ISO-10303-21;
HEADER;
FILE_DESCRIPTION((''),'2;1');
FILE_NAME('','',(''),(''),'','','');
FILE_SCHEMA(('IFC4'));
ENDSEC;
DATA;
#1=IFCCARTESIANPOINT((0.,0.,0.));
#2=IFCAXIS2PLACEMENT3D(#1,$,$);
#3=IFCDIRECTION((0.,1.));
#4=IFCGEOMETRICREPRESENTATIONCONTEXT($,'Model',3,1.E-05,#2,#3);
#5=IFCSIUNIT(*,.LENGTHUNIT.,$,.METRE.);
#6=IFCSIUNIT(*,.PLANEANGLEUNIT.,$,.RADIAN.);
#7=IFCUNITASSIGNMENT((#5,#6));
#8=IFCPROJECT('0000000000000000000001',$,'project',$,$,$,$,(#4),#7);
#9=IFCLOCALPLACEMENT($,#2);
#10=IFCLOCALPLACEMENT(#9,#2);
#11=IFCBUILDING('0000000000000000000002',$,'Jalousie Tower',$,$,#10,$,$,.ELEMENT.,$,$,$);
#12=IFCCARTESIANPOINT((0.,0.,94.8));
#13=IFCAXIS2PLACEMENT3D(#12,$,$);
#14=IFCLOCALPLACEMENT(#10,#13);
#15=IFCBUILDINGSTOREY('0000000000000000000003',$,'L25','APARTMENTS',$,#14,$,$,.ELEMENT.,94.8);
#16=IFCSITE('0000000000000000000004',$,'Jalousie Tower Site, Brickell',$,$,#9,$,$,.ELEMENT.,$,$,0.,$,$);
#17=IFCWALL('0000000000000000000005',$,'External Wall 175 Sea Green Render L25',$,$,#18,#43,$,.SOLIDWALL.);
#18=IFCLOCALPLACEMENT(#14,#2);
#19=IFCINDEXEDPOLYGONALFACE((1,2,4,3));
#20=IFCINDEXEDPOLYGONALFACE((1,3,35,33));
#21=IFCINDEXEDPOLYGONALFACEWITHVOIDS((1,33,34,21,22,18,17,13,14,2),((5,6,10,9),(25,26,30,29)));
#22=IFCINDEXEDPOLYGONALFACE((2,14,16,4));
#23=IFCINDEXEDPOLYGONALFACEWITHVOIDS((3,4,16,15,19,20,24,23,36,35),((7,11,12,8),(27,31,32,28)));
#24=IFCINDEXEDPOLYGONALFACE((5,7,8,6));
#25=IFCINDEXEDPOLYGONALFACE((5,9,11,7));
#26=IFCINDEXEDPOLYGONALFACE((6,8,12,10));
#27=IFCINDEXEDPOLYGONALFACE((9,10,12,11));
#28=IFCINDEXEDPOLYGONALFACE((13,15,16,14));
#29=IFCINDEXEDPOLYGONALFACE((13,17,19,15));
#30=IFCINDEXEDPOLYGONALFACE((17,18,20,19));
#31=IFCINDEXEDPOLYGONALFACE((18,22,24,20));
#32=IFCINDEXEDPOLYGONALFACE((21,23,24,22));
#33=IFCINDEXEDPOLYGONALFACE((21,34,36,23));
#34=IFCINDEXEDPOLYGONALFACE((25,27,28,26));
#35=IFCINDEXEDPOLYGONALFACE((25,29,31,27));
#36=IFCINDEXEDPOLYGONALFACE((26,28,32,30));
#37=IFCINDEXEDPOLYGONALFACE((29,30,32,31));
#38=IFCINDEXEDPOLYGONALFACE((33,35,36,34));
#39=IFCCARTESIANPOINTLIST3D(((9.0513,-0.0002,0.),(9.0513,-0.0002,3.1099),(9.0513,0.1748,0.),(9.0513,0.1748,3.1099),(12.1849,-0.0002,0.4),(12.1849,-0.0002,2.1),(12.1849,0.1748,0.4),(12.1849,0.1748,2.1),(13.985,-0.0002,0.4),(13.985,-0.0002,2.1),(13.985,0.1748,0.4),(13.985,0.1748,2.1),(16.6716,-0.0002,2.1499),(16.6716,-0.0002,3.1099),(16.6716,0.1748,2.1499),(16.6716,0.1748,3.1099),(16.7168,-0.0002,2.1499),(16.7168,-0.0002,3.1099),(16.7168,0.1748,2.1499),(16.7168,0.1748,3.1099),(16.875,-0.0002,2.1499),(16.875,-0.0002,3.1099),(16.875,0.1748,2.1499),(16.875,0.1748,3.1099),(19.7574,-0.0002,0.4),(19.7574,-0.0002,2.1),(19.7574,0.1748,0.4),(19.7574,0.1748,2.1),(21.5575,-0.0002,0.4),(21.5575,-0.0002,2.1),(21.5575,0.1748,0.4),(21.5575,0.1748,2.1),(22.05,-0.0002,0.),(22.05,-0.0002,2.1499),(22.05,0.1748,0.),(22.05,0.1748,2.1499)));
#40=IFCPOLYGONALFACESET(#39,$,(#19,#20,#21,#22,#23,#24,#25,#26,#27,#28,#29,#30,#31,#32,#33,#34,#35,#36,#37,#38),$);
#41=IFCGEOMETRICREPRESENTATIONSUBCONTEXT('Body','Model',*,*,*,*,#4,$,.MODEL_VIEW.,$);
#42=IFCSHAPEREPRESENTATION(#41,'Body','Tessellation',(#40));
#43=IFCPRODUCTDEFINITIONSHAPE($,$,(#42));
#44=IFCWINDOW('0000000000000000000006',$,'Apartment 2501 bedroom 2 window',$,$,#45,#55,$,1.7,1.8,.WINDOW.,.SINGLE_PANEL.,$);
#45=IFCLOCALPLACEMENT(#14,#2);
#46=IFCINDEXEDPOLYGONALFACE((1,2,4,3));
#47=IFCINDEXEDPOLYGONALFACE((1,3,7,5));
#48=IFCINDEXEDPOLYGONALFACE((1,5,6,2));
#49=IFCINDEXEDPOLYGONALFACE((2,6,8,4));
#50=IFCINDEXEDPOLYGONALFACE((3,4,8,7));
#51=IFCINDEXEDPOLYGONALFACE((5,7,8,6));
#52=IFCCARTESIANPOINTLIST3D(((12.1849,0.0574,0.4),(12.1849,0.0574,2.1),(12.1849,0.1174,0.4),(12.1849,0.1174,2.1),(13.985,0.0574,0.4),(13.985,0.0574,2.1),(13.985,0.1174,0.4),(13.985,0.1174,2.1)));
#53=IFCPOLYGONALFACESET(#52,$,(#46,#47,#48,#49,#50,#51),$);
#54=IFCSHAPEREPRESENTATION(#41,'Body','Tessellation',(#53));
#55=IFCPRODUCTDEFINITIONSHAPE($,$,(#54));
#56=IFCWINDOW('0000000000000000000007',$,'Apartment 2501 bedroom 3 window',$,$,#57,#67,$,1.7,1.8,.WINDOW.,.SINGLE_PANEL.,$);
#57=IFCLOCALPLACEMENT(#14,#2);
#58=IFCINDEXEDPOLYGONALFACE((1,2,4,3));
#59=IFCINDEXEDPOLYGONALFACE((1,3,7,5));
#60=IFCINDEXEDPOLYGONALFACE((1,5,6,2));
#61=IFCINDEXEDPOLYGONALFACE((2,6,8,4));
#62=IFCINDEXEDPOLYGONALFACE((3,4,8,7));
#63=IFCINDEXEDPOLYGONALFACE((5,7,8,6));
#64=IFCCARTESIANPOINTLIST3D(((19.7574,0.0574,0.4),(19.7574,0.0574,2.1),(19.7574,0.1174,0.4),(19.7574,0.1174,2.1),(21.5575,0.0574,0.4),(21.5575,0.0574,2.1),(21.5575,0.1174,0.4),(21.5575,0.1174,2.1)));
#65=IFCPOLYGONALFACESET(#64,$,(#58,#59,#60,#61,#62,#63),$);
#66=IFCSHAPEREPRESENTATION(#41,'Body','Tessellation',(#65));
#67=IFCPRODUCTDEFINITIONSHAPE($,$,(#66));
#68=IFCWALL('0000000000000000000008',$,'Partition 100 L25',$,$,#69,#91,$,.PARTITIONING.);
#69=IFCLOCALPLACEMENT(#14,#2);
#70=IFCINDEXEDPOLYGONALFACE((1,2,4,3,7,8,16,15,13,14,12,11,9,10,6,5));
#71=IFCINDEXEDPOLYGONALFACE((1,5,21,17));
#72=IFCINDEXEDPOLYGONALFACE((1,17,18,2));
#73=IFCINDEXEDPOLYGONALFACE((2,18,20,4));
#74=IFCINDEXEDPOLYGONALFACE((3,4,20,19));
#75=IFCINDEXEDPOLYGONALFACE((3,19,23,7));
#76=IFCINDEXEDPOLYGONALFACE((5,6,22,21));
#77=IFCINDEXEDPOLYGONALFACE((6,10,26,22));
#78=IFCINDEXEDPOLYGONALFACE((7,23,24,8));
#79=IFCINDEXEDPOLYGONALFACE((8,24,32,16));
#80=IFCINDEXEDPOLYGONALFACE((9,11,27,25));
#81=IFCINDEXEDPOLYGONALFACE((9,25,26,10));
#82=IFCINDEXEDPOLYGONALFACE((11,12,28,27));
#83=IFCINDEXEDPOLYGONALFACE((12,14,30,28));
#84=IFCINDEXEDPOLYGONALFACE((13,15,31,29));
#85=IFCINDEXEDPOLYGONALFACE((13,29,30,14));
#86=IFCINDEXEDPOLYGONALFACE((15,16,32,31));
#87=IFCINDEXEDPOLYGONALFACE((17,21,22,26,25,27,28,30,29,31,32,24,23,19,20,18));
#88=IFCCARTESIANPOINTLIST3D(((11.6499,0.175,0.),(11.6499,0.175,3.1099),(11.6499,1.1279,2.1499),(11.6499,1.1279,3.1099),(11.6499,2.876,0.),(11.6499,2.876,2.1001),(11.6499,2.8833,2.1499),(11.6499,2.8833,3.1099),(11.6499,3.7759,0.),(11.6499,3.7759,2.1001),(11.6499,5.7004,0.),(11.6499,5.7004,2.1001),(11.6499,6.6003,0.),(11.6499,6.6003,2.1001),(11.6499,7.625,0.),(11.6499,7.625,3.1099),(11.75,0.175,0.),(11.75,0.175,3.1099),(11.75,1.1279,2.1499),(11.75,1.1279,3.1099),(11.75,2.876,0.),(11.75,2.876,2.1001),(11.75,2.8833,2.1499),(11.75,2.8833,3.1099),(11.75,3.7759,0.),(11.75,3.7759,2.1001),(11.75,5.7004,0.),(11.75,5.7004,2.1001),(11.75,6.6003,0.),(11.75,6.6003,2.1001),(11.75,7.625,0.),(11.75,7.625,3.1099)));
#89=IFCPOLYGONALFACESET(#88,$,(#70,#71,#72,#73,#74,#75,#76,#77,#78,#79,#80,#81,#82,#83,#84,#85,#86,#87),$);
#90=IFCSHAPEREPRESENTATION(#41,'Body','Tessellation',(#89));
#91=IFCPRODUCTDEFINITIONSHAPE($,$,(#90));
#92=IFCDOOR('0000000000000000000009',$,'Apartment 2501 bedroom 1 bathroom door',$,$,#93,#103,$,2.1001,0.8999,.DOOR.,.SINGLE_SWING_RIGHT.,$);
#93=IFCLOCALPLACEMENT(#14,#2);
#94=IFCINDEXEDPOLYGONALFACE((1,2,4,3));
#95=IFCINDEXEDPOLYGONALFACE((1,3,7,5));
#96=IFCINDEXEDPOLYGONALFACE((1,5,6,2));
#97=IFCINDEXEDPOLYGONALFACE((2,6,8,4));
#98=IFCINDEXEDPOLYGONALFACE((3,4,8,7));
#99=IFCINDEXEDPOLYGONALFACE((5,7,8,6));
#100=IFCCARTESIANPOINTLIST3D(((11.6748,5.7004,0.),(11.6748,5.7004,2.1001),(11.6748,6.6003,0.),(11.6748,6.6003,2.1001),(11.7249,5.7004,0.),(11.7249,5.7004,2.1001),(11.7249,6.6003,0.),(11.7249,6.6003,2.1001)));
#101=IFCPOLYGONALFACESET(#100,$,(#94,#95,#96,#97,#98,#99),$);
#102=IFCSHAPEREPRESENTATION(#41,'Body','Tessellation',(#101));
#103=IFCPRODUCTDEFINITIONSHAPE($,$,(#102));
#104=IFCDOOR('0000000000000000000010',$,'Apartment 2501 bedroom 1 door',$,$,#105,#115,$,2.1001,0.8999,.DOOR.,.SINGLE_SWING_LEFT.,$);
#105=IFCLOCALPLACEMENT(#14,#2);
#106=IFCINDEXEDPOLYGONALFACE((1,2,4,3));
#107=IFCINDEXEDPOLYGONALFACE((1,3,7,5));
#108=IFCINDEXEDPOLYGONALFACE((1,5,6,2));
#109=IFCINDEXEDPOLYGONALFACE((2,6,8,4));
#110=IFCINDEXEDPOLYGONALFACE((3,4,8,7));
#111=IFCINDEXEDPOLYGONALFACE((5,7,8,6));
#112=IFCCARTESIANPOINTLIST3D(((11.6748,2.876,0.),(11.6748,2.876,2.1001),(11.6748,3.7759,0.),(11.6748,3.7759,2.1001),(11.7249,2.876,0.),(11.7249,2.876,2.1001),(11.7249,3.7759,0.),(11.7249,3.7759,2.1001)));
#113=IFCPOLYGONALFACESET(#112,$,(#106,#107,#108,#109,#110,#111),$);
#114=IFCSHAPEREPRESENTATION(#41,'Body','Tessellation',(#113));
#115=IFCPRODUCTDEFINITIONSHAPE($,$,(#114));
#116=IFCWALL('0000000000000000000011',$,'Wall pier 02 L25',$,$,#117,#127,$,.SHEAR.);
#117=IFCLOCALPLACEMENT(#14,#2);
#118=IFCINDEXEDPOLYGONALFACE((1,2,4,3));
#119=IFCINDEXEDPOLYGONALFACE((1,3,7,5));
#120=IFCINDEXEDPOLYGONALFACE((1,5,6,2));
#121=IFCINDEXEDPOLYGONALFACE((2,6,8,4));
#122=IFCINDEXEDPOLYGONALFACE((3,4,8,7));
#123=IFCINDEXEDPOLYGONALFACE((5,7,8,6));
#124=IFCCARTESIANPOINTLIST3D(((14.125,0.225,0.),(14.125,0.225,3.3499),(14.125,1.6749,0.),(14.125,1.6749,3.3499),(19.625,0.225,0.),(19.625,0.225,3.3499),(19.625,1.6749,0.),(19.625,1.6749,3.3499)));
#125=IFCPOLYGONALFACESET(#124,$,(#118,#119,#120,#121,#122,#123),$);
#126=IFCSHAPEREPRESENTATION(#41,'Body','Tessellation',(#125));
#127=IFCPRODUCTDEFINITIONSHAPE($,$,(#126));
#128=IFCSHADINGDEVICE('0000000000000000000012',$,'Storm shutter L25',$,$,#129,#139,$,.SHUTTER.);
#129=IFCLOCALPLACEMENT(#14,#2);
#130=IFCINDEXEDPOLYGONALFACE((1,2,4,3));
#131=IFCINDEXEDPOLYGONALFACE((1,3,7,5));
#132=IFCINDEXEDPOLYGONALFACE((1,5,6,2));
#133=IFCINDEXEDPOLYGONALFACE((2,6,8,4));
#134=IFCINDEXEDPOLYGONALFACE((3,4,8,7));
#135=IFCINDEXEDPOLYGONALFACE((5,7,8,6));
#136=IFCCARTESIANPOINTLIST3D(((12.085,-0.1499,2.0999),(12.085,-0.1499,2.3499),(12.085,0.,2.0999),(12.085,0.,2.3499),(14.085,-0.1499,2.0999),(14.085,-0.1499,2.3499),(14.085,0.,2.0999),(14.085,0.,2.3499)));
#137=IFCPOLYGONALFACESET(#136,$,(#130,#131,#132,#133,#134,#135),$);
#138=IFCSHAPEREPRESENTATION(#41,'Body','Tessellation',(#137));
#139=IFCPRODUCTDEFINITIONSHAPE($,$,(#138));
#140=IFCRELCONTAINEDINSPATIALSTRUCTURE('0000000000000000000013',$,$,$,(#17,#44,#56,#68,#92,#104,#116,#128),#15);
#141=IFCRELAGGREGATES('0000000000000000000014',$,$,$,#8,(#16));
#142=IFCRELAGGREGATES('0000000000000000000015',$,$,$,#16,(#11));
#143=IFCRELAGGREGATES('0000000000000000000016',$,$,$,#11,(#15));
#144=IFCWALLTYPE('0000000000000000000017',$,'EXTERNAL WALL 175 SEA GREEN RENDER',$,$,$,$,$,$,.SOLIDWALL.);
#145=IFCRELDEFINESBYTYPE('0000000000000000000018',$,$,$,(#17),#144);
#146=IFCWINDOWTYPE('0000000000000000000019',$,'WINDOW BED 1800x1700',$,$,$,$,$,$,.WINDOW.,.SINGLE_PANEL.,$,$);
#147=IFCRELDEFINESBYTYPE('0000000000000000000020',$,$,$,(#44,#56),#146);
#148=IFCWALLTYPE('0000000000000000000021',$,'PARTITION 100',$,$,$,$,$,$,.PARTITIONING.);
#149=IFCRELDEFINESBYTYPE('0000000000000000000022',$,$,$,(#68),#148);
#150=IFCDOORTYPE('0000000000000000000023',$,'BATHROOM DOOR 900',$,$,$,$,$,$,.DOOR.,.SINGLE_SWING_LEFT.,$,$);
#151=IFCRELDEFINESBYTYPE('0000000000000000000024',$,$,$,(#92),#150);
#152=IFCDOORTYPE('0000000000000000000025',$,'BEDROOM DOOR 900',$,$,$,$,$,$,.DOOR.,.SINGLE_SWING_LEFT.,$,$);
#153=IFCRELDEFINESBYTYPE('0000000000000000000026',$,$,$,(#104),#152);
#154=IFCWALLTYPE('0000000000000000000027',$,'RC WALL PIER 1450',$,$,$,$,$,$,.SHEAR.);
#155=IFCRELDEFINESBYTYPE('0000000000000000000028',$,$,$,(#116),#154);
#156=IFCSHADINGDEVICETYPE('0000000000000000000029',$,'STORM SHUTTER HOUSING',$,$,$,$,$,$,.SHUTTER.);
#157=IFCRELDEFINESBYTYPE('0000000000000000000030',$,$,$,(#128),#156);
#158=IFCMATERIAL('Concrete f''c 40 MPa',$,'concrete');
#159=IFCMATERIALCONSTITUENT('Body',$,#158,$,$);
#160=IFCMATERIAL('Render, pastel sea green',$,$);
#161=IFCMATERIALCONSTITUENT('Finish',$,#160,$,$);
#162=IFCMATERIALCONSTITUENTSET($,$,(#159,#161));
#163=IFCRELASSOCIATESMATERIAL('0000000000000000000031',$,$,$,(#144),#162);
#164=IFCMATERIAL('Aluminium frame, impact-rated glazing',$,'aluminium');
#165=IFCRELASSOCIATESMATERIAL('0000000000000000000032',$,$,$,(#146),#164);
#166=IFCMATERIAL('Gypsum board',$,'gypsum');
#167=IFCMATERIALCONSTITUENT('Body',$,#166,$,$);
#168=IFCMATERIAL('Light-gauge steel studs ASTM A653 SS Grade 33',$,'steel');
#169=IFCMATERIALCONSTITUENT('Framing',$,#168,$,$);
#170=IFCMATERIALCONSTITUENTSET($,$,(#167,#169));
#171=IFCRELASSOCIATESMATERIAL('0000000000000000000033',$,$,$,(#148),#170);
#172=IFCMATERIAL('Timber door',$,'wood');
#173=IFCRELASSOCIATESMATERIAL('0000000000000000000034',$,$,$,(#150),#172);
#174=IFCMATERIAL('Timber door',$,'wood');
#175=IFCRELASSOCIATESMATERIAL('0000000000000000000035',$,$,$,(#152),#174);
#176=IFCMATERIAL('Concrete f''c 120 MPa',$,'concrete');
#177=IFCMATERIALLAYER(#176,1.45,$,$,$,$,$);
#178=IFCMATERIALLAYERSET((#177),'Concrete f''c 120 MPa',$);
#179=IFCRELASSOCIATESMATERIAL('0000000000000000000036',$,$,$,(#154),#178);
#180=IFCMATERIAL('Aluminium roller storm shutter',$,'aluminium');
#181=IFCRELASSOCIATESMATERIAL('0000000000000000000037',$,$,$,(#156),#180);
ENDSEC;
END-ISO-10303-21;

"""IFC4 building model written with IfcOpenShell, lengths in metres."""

from ifc_helpers import new_model, si_unit, direction, frame, frame_2d, origin, origin_2d, place, context, subcontext, project, spatial, polyline, rectangle, outline, extrude, material, layer, layer_set, constituent, constituent_set, type_object, element, fill, save


model = new_model("IFC4")

# Units and contexts
model_context = context("Model", 3, precision=1e-05, world=origin(), true_north=direction((0.0, 1.0)))
body_context = subcontext(model_context, "Body", "Model", "MODEL_VIEW")
ifc_project = project(units=[si_unit("LENGTHUNIT", "METRE"), si_unit("PLANEANGLEUNIT", "RADIAN")], contexts=[model_context])

# Site, building, storey
site_placement = place(None, origin())
site = spatial("IfcSite", under=ifc_project, at=site_placement, Name="Jalousie Tower Site, Brickell", CompositionType="ELEMENT", RefElevation=0.0)
building_placement = place(site_placement, origin())
building = spatial("IfcBuilding", under=site, at=building_placement, Name="Jalousie Tower", CompositionType="ELEMENT")
storey_placement = place(building_placement, frame((0.0, 0.0, 94.8)))
storey = spatial("IfcBuildingStorey", under=building, at=storey_placement, Name="L25", Description="APARTMENTS", CompositionType="ELEMENT", Elevation=94.8)

# Wall, openings, windows
ifc_material_1 = material(Name="Concrete f'c 40 MPa", Category="concrete")
ifc_constituent_1 = constituent(ifc_material_1, Name="Body")
ifc_material_2 = material(Name="Render, pastel sea green")
ifc_constituent_2 = constituent(ifc_material_2, Name="Finish")
ifc_constituent_set_1 = constituent_set(constituents=[ifc_constituent_1, ifc_constituent_2])
wall_type_1 = type_object("IfcWallType", Name="EXTERNAL WALL 175 SEA GREEN RENDER", PredefinedType="SOLIDWALL", material=ifc_constituent_set_1)
wall_1_placement = place(storey_placement, frame((9.0513, 0.0874, 0.0), z_axis=(0.0, 0.0, 1.0), x_axis=(1.0, 0.0, 0.0)))
wall_1 = element("IfcWall", 1, at=wall_1_placement, inside=storey, type_object=wall_type_1, Name="External Wall 175 Sea Green Render L25", PredefinedType="SOLIDWALL", context=body_context, shape_type="SweptSolid", body=[
    extrude(outline(polyline([(0.0, 0.0), (12.9988, 0.0), (12.9988, 2.1499), (7.8237, 2.1499), (7.8237, 3.1099), (7.6655, 3.1099), (7.6655, 2.1499), (7.6204, 2.1499), (7.6204, 3.1099), (0.0, 3.1099), (0.0, 0.0)])), frame((0.0, 0.0874, 0.0), z_axis=(0.0, -1.0, 0.0), x_axis=(1.0, 0.0, 0.0)), (0.0, 0.0, 1.0), 0.175),
])
opening_1_placement = place(wall_1_placement, frame((3.1338, 0.0, 0.3999)))
opening_1 = element("IfcOpeningElement", 2, at=opening_1_placement, cuts=wall_1, PredefinedType="OPENING", context=body_context, shape_type="SweptSolid", body=[
    extrude(rectangle(XDim=1.8, YDim=1.7, at=frame_2d((0.8999, 0.8501))), frame((0.0, 0.0974, 0.0), z_axis=(0.0, -1.0, 0.0), x_axis=(1.0, 0.0, 0.0)), (0.0, 0.0, 1.0), 0.1951),
])
opening_2_placement = place(wall_1_placement, frame((10.7063, 0.0, 0.3999)))
opening_2 = element("IfcOpeningElement", 3, at=opening_2_placement, cuts=wall_1, PredefinedType="OPENING", context=body_context, shape_type="SweptSolid", body=[
    extrude(rectangle(XDim=1.8, YDim=1.7, at=frame_2d((0.8999, 0.8501))), frame((0.0, 0.0974, 0.0), z_axis=(0.0, -1.0, 0.0), x_axis=(1.0, 0.0, 0.0)), (0.0, 0.0, 1.0), 0.1951),
])
ifc_material_3 = material(Name="Aluminium frame, impact-rated glazing", Category="aluminium")
window_type = type_object("IfcWindowType", Name="WINDOW BED 1800x1700", PartitioningType="SINGLE_PANEL", PredefinedType="WINDOW", material=ifc_material_3)
window_1_placement = place(opening_1_placement, origin())
window_1 = element("IfcWindow", 4, at=window_1_placement, inside=storey, type_object=window_type, Name="Apartment 2501 bedroom 2 window", OverallHeight=1.7, OverallWidth=1.8, PartitioningType="SINGLE_PANEL", PredefinedType="WINDOW", context=body_context, shape_type="SweptSolid", body=[
    extrude(rectangle(XDim=1.8, YDim=1.7, at=frame_2d((0.8999, 0.8501))), frame((0.0, 0.03, 0.0), z_axis=(0.0, -1.0, 0.0), x_axis=(1.0, 0.0, 0.0)), (0.0, 0.0, 1.0), 0.0601),
])
fill(opening_1, window_1)
window_2_placement = place(opening_2_placement, origin())
window_2 = element("IfcWindow", 5, at=window_2_placement, inside=storey, type_object=window_type, Name="Apartment 2501 bedroom 3 window", OverallHeight=1.7, OverallWidth=1.8, PartitioningType="SINGLE_PANEL", PredefinedType="WINDOW", context=body_context, shape_type="SweptSolid", body=[
    extrude(rectangle(XDim=1.8, YDim=1.7, at=frame_2d((0.8999, 0.8501))), frame((0.0, 0.03, 0.0), z_axis=(0.0, -1.0, 0.0), x_axis=(1.0, 0.0, 0.0)), (0.0, 0.0, 1.0), 0.0601),
])
fill(opening_2, window_2)

# Wall, openings, doors
ifc_material_4 = material(Name="Gypsum board", Category="gypsum")
ifc_constituent_3 = constituent(ifc_material_4, Name="Body")
ifc_material_5 = material(Name="Light-gauge steel studs ASTM A653 SS Grade 33", Category="steel")
ifc_constituent_4 = constituent(ifc_material_5, Name="Framing")
ifc_constituent_set_2 = constituent_set(constituents=[ifc_constituent_3, ifc_constituent_4])
wall_type_2 = type_object("IfcWallType", Name="PARTITION 100", PredefinedType="PARTITIONING", material=ifc_constituent_set_2)
wall_2_placement = place(storey_placement, frame((11.7, 0.175, 0.0), z_axis=(0.0, 0.0, 1.0), x_axis=(0.0, 1.0, 0.0)))
wall_2 = element("IfcWall", 6, at=wall_2_placement, inside=storey, type_object=wall_type_2, Name="Partition 100 L25", PredefinedType="PARTITIONING", context=body_context, shape_type="SweptSolid", body=[
    extrude(outline(polyline([(0.0, 0.0), (7.45, 0.0), (7.45, 3.1099), (2.7083, 3.1099), (2.7083, 2.1499), (0.9529, 2.1499), (0.9529, 3.1099), (0.0, 3.1099), (0.0, 0.0)])), frame((0.0, 0.05, 0.0), z_axis=(0.0, -1.0, 0.0), x_axis=(1.0, 0.0, 0.0)), (0.0, 0.0, 1.0), 0.1001),
])
opening_3_placement = place(wall_2_placement, frame((2.7009, 0.0, 0.0)))
opening_3 = element("IfcOpeningElement", 7, at=opening_3_placement, cuts=wall_2, PredefinedType="OPENING", context=body_context, shape_type="SweptSolid", body=[
    extrude(rectangle(XDim=0.8999, YDim=2.1001, at=frame_2d((0.45, 1.05))), frame((0.0, 0.0601, 0.0), z_axis=(0.0, -1.0, 0.0), x_axis=(1.0, 0.0, 0.0)), (0.0, 0.0, 1.0), 0.1201),
])
opening_4_placement = place(wall_2_placement, frame((5.5254, 0.0, 0.0)))
opening_4 = element("IfcOpeningElement", 8, at=opening_4_placement, cuts=wall_2, PredefinedType="OPENING", context=body_context, shape_type="SweptSolid", body=[
    extrude(rectangle(XDim=0.8999, YDim=2.1001, at=frame_2d((0.45, 1.05))), frame((0.0, 0.0601, 0.0), z_axis=(0.0, -1.0, 0.0), x_axis=(1.0, 0.0, 0.0)), (0.0, 0.0, 1.0), 0.1201),
])
ifc_material_6 = material(Name="Timber door", Category="wood")
door_type_1 = type_object("IfcDoorType", Name="BATHROOM DOOR 900", OperationType="SINGLE_SWING_LEFT", PredefinedType="DOOR", material=ifc_material_6)
door_1_placement = place(opening_4_placement, frame((0.8999, 0.0, 0.0), z_axis=(0.0, 0.0, 1.0), x_axis=(-1.0, 0.0, 0.0)))
door_1 = element("IfcDoor", 9, at=door_1_placement, inside=storey, type_object=door_type_1, Name="Apartment 2501 bedroom 1 bathroom door", OperationType="SINGLE_SWING_RIGHT", OverallHeight=2.1001, OverallWidth=0.8999, PredefinedType="DOOR", context=body_context, shape_type="SweptSolid", body=[
    extrude(rectangle(XDim=0.8999, YDim=2.1001, at=frame_2d((0.45, 1.05))), frame((0.0, 0.0249, 0.0), z_axis=(0.0, -1.0, 0.0), x_axis=(1.0, 0.0, 0.0)), (0.0, 0.0, 1.0), 0.05),
])
fill(opening_4, door_1)
ifc_material_7 = material(Name="Timber door", Category="wood")
door_type_2 = type_object("IfcDoorType", Name="BEDROOM DOOR 900", OperationType="SINGLE_SWING_LEFT", PredefinedType="DOOR", material=ifc_material_7)
door_2_placement = place(opening_3_placement, frame((0.8999, 0.0, 0.0), z_axis=(0.0, 0.0, 1.0), x_axis=(-1.0, 0.0, 0.0)))
door_2 = element("IfcDoor", 10, at=door_2_placement, inside=storey, type_object=door_type_2, Name="Apartment 2501 bedroom 1 door", OperationType="SINGLE_SWING_LEFT", OverallHeight=2.1001, OverallWidth=0.8999, PredefinedType="DOOR", context=body_context, shape_type="SweptSolid", body=[
    extrude(rectangle(XDim=0.8999, YDim=2.1001, at=frame_2d((0.45, 1.05))), frame((0.0, 0.0249, 0.0), z_axis=(0.0, -1.0, 0.0), x_axis=(1.0, 0.0, 0.0)), (0.0, 0.0, 1.0), 0.05),
])
fill(opening_3, door_2)

# Wall
ifc_material_8 = material(Name="Concrete f'c 120 MPa", Category="concrete")
ifc_layer_1 = layer(ifc_material_8, 1.45)
ifc_layer_set_1 = layer_set([ifc_layer_1], Name="Concrete f'c 120 MPa")
wall_type_3 = type_object("IfcWallType", Name="RC WALL PIER 1450", PredefinedType="SHEAR", material=ifc_layer_set_1)
wall_3_placement = place(storey_placement, frame((14.125, 0.95, 0.0), z_axis=(0.0, 0.0, 1.0), x_axis=(1.0, 0.0, 0.0)))
element("IfcWall", 11, at=wall_3_placement, inside=storey, type_object=wall_type_3, Name="Wall pier 02 L25", PredefinedType="SHEAR", context=body_context, shape_type="SweptSolid", body=[
    extrude(rectangle(XDim=5.5, YDim=1.45, at=frame_2d((2.75, 0.0))), origin(), (0.0, 0.0, 1.0), 3.3499),
])

# Shading device
ifc_material_9 = material(Name="Aluminium roller storm shutter", Category="aluminium")
shading_device_type = type_object("IfcShadingDeviceType", Name="STORM SHUTTER HOUSING", PredefinedType="SHUTTER", material=ifc_material_9)
shading_device_placement = place(storey_placement, frame((13.085, -0.075, 2.0999), z_axis=(0.0, 0.0, 1.0), x_axis=(1.0, 0.0, 0.0)))
element("IfcShadingDevice", 12, at=shading_device_placement, inside=storey, type_object=shading_device_type, Name="Storm shutter L25", PredefinedType="SHUTTER", context=body_context, shape_type="SweptSolid", body=[
    extrude(rectangle(XDim=2.0, YDim=0.1499, at=origin_2d()), origin(), (0.0, 0.0, 1.0), 0.25),
])

save(model, "model.ifc")
